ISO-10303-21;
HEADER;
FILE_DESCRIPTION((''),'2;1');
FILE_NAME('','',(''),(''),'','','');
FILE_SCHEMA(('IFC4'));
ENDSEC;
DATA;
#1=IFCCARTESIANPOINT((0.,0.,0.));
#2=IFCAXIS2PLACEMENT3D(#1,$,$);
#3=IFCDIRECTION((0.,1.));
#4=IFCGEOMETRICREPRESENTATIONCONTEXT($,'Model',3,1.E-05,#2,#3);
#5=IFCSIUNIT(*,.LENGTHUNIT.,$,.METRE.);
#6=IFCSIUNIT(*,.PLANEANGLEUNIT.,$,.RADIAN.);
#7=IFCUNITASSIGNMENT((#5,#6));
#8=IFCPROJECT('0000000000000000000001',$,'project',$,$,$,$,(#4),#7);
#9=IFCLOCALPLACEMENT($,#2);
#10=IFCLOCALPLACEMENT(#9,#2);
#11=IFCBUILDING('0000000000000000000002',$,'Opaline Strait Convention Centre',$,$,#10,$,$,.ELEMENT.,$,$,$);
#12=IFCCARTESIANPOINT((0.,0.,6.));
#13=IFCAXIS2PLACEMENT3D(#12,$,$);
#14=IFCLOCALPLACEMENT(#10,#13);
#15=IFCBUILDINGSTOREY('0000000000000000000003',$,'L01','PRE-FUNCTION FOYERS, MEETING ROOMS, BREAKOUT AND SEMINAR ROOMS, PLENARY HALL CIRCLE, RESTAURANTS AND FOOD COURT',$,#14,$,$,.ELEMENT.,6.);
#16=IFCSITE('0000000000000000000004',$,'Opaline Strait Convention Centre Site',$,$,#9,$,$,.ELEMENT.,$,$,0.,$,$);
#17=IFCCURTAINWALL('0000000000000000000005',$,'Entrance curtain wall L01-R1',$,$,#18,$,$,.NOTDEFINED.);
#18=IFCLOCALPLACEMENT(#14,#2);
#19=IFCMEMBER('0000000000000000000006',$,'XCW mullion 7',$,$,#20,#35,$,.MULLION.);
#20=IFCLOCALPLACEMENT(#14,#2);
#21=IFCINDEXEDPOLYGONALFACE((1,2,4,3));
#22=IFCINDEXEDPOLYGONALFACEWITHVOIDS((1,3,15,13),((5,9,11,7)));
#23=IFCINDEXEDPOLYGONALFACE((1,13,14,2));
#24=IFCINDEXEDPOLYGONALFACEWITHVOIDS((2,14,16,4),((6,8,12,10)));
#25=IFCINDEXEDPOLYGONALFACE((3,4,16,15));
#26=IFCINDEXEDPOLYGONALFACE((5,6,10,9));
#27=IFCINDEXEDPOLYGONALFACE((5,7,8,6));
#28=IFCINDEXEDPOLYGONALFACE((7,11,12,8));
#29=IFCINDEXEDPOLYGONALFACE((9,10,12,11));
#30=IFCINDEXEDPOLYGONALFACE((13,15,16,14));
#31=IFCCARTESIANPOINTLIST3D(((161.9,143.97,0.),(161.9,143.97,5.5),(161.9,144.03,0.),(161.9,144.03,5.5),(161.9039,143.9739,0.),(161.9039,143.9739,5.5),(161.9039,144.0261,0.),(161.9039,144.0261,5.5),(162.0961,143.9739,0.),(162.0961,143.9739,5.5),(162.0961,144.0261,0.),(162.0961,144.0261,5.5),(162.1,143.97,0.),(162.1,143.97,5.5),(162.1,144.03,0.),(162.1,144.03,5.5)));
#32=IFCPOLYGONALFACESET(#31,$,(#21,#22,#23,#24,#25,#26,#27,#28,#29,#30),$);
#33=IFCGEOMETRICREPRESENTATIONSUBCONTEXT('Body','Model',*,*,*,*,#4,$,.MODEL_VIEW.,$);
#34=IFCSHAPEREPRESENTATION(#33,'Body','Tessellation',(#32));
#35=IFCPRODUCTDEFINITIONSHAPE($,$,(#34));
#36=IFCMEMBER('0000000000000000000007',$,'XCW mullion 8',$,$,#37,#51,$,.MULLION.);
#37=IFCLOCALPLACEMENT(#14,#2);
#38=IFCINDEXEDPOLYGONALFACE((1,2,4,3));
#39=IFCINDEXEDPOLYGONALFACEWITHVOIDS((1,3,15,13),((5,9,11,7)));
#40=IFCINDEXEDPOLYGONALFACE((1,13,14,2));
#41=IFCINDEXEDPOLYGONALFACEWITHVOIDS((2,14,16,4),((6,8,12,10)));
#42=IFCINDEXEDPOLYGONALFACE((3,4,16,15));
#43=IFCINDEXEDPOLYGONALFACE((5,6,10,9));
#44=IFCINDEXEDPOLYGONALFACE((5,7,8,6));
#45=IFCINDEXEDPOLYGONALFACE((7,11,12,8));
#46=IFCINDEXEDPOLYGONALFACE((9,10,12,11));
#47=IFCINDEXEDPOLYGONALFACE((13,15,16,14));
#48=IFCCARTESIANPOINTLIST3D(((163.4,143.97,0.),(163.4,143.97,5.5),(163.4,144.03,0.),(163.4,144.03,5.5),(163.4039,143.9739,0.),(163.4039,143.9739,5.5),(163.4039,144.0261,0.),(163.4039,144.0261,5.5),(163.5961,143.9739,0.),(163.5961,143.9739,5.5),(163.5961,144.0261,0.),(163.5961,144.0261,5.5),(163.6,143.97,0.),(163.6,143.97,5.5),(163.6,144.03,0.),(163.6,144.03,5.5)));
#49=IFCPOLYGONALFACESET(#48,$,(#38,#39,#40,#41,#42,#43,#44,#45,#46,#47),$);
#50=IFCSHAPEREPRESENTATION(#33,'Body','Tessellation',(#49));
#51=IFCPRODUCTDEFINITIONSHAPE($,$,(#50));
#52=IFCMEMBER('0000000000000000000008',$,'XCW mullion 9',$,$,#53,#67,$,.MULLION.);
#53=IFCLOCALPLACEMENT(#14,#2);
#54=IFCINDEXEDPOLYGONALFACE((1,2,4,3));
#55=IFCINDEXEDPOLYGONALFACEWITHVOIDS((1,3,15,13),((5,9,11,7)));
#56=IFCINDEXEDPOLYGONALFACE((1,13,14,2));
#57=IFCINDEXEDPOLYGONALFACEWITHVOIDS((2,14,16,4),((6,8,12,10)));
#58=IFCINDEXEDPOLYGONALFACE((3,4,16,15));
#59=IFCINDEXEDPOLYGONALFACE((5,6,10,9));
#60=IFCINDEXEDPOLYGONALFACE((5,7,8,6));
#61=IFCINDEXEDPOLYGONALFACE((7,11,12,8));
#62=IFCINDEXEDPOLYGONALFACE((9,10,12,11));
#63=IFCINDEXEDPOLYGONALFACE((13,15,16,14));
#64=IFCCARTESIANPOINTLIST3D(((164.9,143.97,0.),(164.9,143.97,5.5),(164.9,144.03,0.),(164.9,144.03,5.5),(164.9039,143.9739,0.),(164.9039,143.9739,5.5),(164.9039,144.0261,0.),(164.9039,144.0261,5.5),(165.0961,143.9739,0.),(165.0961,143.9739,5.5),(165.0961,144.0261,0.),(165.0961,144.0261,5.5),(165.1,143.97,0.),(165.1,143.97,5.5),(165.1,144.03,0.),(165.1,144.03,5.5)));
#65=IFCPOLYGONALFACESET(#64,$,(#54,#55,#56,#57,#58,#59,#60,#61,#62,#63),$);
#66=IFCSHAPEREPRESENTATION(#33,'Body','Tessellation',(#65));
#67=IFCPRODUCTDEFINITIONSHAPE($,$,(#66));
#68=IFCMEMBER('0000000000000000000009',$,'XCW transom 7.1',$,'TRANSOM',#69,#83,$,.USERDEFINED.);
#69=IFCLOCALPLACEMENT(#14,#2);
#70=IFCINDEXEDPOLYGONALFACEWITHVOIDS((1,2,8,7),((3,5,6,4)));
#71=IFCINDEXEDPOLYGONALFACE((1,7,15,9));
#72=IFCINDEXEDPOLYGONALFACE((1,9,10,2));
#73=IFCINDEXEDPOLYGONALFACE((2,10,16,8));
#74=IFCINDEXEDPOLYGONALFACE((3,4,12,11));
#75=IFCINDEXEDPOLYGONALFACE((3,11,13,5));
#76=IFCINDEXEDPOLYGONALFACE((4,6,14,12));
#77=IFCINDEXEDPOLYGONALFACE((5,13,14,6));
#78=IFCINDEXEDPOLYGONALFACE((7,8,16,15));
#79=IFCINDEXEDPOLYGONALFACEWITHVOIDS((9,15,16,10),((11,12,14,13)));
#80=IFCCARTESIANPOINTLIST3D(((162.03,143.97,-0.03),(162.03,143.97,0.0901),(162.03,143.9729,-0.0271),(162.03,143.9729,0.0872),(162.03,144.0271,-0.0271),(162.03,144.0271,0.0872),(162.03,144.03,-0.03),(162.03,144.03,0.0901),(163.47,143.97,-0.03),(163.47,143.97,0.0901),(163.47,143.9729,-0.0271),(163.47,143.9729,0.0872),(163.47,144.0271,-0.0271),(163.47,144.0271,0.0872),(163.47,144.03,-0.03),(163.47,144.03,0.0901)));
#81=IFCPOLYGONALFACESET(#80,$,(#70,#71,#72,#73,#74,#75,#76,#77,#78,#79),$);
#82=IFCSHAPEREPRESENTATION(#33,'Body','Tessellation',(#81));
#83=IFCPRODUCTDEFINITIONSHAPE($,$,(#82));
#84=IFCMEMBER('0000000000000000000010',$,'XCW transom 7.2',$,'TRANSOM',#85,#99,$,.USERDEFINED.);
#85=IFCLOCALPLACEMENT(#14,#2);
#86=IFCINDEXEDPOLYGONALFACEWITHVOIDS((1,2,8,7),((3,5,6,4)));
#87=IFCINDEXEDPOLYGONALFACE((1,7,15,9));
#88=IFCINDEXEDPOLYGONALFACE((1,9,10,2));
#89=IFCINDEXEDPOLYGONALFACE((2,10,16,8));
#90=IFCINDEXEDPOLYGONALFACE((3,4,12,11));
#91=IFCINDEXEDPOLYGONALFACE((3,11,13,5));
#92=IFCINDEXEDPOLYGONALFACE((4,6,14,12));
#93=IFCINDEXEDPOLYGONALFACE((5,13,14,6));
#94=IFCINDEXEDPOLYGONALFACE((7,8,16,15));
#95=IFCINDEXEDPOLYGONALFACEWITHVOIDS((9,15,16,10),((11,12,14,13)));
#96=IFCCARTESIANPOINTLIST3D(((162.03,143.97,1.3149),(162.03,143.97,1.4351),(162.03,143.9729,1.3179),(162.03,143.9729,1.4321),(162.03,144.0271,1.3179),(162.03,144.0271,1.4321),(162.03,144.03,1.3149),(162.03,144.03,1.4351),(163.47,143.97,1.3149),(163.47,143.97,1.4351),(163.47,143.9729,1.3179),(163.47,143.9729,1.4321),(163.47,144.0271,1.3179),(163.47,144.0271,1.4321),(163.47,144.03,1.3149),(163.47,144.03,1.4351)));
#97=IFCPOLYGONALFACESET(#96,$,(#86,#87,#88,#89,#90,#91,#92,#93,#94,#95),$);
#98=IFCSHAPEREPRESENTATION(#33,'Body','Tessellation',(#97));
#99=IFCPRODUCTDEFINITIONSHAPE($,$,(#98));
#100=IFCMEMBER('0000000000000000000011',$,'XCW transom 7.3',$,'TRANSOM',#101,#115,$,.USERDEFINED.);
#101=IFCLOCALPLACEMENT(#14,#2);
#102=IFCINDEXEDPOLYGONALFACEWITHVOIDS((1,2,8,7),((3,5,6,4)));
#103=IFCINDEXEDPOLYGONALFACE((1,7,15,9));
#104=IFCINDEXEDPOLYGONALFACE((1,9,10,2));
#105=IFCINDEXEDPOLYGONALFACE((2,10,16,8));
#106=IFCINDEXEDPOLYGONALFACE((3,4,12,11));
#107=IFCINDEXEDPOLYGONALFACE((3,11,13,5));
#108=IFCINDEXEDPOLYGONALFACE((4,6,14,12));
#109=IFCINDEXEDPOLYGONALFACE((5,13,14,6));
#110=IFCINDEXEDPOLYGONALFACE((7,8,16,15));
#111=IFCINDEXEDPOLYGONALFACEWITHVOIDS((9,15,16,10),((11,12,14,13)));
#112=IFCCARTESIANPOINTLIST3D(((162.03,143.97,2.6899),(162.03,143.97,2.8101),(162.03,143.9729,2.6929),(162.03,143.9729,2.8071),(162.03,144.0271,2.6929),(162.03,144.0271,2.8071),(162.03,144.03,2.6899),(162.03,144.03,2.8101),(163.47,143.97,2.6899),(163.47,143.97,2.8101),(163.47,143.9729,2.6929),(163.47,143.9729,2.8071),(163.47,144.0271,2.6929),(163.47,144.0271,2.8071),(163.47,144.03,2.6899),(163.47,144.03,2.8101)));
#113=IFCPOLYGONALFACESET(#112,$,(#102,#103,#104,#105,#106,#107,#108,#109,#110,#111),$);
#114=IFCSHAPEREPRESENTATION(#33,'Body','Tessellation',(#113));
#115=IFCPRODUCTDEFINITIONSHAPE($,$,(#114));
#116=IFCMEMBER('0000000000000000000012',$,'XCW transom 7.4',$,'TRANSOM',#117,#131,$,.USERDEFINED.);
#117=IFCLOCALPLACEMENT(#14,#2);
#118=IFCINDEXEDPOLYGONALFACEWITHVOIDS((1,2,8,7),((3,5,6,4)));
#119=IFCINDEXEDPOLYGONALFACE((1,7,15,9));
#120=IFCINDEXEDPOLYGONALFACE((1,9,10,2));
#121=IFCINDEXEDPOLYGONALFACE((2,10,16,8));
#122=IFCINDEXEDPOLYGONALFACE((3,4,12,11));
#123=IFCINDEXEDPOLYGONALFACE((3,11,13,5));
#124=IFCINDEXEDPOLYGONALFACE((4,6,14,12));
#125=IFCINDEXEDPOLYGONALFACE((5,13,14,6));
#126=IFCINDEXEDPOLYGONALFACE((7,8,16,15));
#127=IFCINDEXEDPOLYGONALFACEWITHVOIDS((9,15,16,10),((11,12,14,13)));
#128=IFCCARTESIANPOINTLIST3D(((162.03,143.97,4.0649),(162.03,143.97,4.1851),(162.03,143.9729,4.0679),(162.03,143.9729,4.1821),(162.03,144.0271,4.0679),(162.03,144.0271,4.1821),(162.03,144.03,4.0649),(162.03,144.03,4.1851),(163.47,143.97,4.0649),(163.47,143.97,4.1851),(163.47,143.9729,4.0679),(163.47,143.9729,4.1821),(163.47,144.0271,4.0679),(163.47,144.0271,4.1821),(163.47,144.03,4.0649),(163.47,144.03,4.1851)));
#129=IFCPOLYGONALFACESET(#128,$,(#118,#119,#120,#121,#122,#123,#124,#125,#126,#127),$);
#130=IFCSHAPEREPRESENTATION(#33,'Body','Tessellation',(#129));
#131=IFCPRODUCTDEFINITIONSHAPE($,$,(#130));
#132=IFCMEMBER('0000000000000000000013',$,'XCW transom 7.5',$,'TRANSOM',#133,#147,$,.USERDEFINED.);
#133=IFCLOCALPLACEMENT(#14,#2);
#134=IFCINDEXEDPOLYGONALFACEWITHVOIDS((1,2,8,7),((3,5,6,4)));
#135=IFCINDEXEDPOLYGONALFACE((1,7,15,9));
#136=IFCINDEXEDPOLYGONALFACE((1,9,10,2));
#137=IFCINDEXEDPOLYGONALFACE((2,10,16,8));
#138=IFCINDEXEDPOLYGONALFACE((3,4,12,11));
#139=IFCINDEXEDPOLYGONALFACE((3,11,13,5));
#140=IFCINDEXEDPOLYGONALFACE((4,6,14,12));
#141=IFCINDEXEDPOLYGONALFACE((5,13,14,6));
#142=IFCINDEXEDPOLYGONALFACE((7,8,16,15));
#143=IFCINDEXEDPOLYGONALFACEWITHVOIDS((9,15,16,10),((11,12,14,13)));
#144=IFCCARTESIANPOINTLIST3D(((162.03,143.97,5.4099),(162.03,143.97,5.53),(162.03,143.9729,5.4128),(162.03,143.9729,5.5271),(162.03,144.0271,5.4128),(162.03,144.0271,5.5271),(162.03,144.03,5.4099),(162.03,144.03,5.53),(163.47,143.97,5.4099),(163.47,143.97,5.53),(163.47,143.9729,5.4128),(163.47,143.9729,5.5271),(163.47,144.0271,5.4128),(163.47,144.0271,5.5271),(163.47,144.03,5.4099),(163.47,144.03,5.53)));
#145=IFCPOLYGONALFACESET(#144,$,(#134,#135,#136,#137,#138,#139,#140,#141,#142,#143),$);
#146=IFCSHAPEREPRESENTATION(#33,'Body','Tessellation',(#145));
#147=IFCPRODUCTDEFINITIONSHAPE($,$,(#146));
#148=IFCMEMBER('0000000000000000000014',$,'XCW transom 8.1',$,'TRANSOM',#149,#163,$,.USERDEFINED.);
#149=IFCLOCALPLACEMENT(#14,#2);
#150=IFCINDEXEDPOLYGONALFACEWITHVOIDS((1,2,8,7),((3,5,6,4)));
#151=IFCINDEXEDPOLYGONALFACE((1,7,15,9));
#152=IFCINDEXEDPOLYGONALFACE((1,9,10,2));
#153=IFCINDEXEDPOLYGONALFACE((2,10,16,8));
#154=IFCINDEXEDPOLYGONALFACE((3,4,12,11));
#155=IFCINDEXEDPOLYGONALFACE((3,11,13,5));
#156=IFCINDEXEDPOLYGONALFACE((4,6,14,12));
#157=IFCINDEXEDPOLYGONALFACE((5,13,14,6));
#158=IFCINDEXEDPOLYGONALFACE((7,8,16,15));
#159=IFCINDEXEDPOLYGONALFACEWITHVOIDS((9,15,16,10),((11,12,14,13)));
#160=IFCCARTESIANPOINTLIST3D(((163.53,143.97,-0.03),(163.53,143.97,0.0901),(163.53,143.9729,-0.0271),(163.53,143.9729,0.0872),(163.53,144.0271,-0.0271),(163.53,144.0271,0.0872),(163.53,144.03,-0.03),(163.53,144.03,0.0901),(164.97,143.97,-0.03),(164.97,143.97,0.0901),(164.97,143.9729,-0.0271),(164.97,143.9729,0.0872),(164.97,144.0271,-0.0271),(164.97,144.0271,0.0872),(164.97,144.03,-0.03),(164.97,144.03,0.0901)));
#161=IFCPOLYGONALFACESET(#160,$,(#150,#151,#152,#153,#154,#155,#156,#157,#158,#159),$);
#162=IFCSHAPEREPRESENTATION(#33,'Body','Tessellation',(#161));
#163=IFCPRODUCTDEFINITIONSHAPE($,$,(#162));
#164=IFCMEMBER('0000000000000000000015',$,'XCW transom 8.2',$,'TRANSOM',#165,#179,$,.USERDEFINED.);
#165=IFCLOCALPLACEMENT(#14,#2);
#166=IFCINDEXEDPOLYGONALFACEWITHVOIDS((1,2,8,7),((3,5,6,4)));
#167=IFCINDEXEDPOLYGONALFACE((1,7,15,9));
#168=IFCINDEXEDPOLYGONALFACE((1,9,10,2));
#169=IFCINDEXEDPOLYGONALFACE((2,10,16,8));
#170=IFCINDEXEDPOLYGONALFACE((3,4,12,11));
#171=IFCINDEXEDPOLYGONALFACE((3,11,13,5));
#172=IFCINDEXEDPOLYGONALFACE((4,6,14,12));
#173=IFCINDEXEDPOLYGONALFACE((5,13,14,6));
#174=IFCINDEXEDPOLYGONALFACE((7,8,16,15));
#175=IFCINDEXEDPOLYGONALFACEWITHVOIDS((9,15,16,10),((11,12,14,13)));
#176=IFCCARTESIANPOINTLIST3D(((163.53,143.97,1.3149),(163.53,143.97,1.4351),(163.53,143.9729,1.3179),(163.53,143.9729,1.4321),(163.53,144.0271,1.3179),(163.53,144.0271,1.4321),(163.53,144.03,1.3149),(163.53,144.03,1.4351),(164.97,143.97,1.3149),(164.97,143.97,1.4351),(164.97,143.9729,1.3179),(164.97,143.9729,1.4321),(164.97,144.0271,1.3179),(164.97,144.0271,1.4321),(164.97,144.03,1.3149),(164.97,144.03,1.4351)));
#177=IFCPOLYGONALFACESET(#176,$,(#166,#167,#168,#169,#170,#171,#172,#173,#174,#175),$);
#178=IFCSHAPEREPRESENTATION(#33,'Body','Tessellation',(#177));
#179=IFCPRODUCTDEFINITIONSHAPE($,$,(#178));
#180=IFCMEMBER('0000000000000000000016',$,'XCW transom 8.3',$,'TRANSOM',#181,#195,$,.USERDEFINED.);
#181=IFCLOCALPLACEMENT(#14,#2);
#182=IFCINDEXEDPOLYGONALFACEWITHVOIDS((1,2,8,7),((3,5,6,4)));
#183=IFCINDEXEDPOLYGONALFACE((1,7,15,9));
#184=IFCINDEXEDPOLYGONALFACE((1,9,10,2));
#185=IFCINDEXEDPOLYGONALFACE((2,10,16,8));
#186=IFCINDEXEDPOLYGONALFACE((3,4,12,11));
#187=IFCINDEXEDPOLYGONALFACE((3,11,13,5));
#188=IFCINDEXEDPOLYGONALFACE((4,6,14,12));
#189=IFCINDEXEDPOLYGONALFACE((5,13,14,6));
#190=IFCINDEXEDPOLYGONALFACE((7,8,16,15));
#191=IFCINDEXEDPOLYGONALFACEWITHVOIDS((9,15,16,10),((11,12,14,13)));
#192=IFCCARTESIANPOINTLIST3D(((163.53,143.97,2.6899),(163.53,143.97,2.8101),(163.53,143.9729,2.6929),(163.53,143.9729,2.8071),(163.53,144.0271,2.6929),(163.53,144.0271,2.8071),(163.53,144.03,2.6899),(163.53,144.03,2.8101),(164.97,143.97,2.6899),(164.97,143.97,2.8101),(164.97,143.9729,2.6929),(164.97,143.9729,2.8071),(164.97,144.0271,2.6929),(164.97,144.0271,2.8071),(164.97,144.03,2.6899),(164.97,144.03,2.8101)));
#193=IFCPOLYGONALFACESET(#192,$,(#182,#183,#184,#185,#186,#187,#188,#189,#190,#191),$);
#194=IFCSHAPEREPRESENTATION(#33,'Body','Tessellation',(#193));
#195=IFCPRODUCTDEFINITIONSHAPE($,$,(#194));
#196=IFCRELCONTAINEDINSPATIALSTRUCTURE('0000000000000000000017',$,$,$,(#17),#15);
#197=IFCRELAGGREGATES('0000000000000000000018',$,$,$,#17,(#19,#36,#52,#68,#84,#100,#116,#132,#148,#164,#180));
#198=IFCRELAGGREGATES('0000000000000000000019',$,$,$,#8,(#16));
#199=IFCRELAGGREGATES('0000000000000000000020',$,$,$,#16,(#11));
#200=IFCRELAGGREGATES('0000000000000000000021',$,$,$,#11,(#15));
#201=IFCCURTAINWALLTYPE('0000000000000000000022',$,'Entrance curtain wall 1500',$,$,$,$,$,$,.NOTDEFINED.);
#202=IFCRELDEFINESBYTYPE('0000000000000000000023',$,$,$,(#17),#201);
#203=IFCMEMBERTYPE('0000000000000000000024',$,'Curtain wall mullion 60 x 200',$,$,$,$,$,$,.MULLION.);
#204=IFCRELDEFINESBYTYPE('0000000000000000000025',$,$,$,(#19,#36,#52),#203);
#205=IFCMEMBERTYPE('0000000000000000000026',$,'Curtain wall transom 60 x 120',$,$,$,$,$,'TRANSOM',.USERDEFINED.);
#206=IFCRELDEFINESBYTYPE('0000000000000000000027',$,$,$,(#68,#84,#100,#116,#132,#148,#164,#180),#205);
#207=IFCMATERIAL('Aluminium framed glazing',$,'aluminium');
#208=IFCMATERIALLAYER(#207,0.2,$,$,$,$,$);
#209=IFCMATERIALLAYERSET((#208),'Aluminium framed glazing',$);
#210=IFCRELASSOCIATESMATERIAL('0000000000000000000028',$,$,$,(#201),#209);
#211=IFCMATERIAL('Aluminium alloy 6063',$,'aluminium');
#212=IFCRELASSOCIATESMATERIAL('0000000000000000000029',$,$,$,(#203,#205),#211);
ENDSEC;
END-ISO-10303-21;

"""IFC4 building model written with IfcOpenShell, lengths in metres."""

from ifc_helpers import new_model, si_unit, direction, frame, origin, origin_2d, place, context, subcontext, project, spatial, hollow_rectangle, extrude, material, layer, layer_set, material_profile, profile_set, type_object, element, aggregate, save


model = new_model("IFC4")

# Units and contexts
model_context = context("Model", 3, precision=1e-05, world=origin(), true_north=direction((0.0, 1.0)))
body_context = subcontext(model_context, "Body", "Model", "MODEL_VIEW")
ifc_project = project(units=[si_unit("LENGTHUNIT", "METRE"), si_unit("PLANEANGLEUNIT", "RADIAN")], contexts=[model_context])

# Site, building, storey
site_placement = place(None, origin())
site = spatial("IfcSite", under=ifc_project, at=site_placement, Name="Opaline Strait Convention Centre Site", CompositionType="ELEMENT", RefElevation=0.0)
building_placement = place(site_placement, origin())
building = spatial("IfcBuilding", under=site, at=building_placement, Name="Opaline Strait Convention Centre", CompositionType="ELEMENT")
storey_placement = place(building_placement, frame((0.0, 0.0, 6.0)))
storey = spatial("IfcBuildingStorey", under=building, at=storey_placement, Name="L01", Description="PRE-FUNCTION FOYERS, MEETING ROOMS, BREAKOUT AND SEMINAR ROOMS, PLENARY HALL CIRCLE, RESTAURANTS AND FOOD COURT", CompositionType="ELEMENT", Elevation=6.0)

# Curtain wall, members
ifc_material_1 = material(Name="Aluminium framed glazing", Category="aluminium")
ifc_layer_1 = layer(ifc_material_1, 0.2)
ifc_layer_set_1 = layer_set([ifc_layer_1], Name="Aluminium framed glazing")
curtain_wall_type = type_object("IfcCurtainWallType", Name="Entrance curtain wall 1500", PredefinedType="NOTDEFINED", material=ifc_layer_set_1)
curtain_wall_placement = place(storey_placement, origin())
curtain_wall = element("IfcCurtainWall", 1, at=curtain_wall_placement, inside=storey, type_object=curtain_wall_type, Name="Entrance curtain wall L01-R1", PredefinedType="NOTDEFINED")
ifc_material_2 = material(Name="Aluminium alloy 6063", Category="aluminium")
ifc_material_profile_1 = material_profile(ifc_material_2, hollow_rectangle(XDim=0.0601, YDim=0.2, WallThickness=0.0039, at=origin_2d()), Name="MULLION 60x200x4")
ifc_profile_set_1 = profile_set([ifc_material_profile_1], Name="Aluminium alloy 6063")
member_type_1 = type_object("IfcMemberType", Name="Curtain wall mullion 60 x 200", PredefinedType="MULLION", material=ifc_profile_set_1)
member_1_placement = place(storey_placement, frame((162.0, 144.0, 0.0), z_axis=(0.0, 0.0, 1.0), x_axis=(0.0, 1.0, 0.0)))
member_1 = element("IfcMember", 2, at=member_1_placement, type_object=member_type_1, Name="XCW mullion 7", PredefinedType="MULLION", context=body_context, shape_type="SweptSolid", body=[
    extrude(hollow_rectangle(XDim=0.0601, YDim=0.2, WallThickness=0.0039, at=origin_2d()), origin(), (0.0, 0.0, 1.0), 5.5),
])
member_2_placement = place(storey_placement, frame((163.5, 144.0, 0.0), z_axis=(0.0, 0.0, 1.0), x_axis=(0.0, 1.0, 0.0)))
member_2 = element("IfcMember", 3, at=member_2_placement, type_object=member_type_1, Name="XCW mullion 8", PredefinedType="MULLION", context=body_context, shape_type="SweptSolid", body=[
    extrude(hollow_rectangle(XDim=0.0601, YDim=0.2, WallThickness=0.0039, at=origin_2d()), origin(), (0.0, 0.0, 1.0), 5.5),
])
member_3_placement = place(storey_placement, frame((165.0, 144.0, 0.0), z_axis=(0.0, 0.0, 1.0), x_axis=(0.0, 1.0, 0.0)))
member_3 = element("IfcMember", 4, at=member_3_placement, type_object=member_type_1, Name="XCW mullion 9", PredefinedType="MULLION", context=body_context, shape_type="SweptSolid", body=[
    extrude(hollow_rectangle(XDim=0.0601, YDim=0.2, WallThickness=0.0039, at=origin_2d()), origin(), (0.0, 0.0, 1.0), 5.5),
])
ifc_material_profile_2 = material_profile(ifc_material_2, hollow_rectangle(XDim=0.0601, YDim=0.1201, WallThickness=0.0029, at=origin_2d()), Name="TRANSOM 60x120x3")
ifc_profile_set_2 = profile_set([ifc_material_profile_2], Name="Aluminium alloy 6063")
member_type_2 = type_object("IfcMemberType", Name="Curtain wall transom 60 x 120", ElementType="TRANSOM", PredefinedType="USERDEFINED", material=ifc_profile_set_2)
member_4_placement = place(storey_placement, frame((162.03, 144.0, 0.03), z_axis=(1.0, 0.0, 0.0), x_axis=(0.0, 1.0, 0.0)))
member_4 = element("IfcMember", 5, at=member_4_placement, type_object=member_type_2, Name="XCW transom 7.1", ObjectType="TRANSOM", PredefinedType="USERDEFINED", context=body_context, shape_type="SweptSolid", body=[
    extrude(hollow_rectangle(XDim=0.0601, YDim=0.1201, WallThickness=0.0029, at=origin_2d()), origin(), (0.0, 0.0, 1.0), 1.4399),
])
member_5_placement = place(storey_placement, frame((162.03, 144.0, 1.375), z_axis=(1.0, 0.0, 0.0), x_axis=(0.0, 1.0, 0.0)))
member_5 = element("IfcMember", 6, at=member_5_placement, type_object=member_type_2, Name="XCW transom 7.2", ObjectType="TRANSOM", PredefinedType="USERDEFINED", context=body_context, shape_type="SweptSolid", body=[
    extrude(hollow_rectangle(XDim=0.0601, YDim=0.1201, WallThickness=0.0029, at=origin_2d()), origin(), (0.0, 0.0, 1.0), 1.4399),
])
member_6_placement = place(storey_placement, frame((162.03, 144.0, 2.75), z_axis=(1.0, 0.0, 0.0), x_axis=(0.0, 1.0, 0.0)))
member_6 = element("IfcMember", 7, at=member_6_placement, type_object=member_type_2, Name="XCW transom 7.3", ObjectType="TRANSOM", PredefinedType="USERDEFINED", context=body_context, shape_type="SweptSolid", body=[
    extrude(hollow_rectangle(XDim=0.0601, YDim=0.1201, WallThickness=0.0029, at=origin_2d()), origin(), (0.0, 0.0, 1.0), 1.4399),
])
member_7_placement = place(storey_placement, frame((162.03, 144.0, 4.125), z_axis=(1.0, 0.0, 0.0), x_axis=(0.0, 1.0, 0.0)))
member_7 = element("IfcMember", 8, at=member_7_placement, type_object=member_type_2, Name="XCW transom 7.4", ObjectType="TRANSOM", PredefinedType="USERDEFINED", context=body_context, shape_type="SweptSolid", body=[
    extrude(hollow_rectangle(XDim=0.0601, YDim=0.1201, WallThickness=0.0029, at=origin_2d()), origin(), (0.0, 0.0, 1.0), 1.4399),
])
member_8_placement = place(storey_placement, frame((162.03, 144.0, 5.47), z_axis=(1.0, 0.0, 0.0), x_axis=(0.0, 1.0, 0.0)))
member_8 = element("IfcMember", 9, at=member_8_placement, type_object=member_type_2, Name="XCW transom 7.5", ObjectType="TRANSOM", PredefinedType="USERDEFINED", context=body_context, shape_type="SweptSolid", body=[
    extrude(hollow_rectangle(XDim=0.0601, YDim=0.1201, WallThickness=0.0029, at=origin_2d()), origin(), (0.0, 0.0, 1.0), 1.4399),
])
member_9_placement = place(storey_placement, frame((163.53, 144.0, 0.03), z_axis=(1.0, 0.0, 0.0), x_axis=(0.0, 1.0, 0.0)))
member_9 = element("IfcMember", 10, at=member_9_placement, type_object=member_type_2, Name="XCW transom 8.1", ObjectType="TRANSOM", PredefinedType="USERDEFINED", context=body_context, shape_type="SweptSolid", body=[
    extrude(hollow_rectangle(XDim=0.0601, YDim=0.1201, WallThickness=0.0029, at=origin_2d()), origin(), (0.0, 0.0, 1.0), 1.4399),
])
member_10_placement = place(storey_placement, frame((163.53, 144.0, 1.375), z_axis=(1.0, 0.0, 0.0), x_axis=(0.0, 1.0, 0.0)))
member_10 = element("IfcMember", 11, at=member_10_placement, type_object=member_type_2, Name="XCW transom 8.2", ObjectType="TRANSOM", PredefinedType="USERDEFINED", context=body_context, shape_type="SweptSolid", body=[
    extrude(hollow_rectangle(XDim=0.0601, YDim=0.1201, WallThickness=0.0029, at=origin_2d()), origin(), (0.0, 0.0, 1.0), 1.4399),
])
member_11_placement = place(storey_placement, frame((163.53, 144.0, 2.75), z_axis=(1.0, 0.0, 0.0), x_axis=(0.0, 1.0, 0.0)))
member_11 = element("IfcMember", 12, at=member_11_placement, type_object=member_type_2, Name="XCW transom 8.3", ObjectType="TRANSOM", PredefinedType="USERDEFINED", context=body_context, shape_type="SweptSolid", body=[
    extrude(hollow_rectangle(XDim=0.0601, YDim=0.1201, WallThickness=0.0029, at=origin_2d()), origin(), (0.0, 0.0, 1.0), 1.4399),
])
aggregate(curtain_wall, [member_1, member_2, member_3, member_4, member_5, member_6, member_7, member_8, member_9, member_10, member_11])

save(model, "model.ifc")
